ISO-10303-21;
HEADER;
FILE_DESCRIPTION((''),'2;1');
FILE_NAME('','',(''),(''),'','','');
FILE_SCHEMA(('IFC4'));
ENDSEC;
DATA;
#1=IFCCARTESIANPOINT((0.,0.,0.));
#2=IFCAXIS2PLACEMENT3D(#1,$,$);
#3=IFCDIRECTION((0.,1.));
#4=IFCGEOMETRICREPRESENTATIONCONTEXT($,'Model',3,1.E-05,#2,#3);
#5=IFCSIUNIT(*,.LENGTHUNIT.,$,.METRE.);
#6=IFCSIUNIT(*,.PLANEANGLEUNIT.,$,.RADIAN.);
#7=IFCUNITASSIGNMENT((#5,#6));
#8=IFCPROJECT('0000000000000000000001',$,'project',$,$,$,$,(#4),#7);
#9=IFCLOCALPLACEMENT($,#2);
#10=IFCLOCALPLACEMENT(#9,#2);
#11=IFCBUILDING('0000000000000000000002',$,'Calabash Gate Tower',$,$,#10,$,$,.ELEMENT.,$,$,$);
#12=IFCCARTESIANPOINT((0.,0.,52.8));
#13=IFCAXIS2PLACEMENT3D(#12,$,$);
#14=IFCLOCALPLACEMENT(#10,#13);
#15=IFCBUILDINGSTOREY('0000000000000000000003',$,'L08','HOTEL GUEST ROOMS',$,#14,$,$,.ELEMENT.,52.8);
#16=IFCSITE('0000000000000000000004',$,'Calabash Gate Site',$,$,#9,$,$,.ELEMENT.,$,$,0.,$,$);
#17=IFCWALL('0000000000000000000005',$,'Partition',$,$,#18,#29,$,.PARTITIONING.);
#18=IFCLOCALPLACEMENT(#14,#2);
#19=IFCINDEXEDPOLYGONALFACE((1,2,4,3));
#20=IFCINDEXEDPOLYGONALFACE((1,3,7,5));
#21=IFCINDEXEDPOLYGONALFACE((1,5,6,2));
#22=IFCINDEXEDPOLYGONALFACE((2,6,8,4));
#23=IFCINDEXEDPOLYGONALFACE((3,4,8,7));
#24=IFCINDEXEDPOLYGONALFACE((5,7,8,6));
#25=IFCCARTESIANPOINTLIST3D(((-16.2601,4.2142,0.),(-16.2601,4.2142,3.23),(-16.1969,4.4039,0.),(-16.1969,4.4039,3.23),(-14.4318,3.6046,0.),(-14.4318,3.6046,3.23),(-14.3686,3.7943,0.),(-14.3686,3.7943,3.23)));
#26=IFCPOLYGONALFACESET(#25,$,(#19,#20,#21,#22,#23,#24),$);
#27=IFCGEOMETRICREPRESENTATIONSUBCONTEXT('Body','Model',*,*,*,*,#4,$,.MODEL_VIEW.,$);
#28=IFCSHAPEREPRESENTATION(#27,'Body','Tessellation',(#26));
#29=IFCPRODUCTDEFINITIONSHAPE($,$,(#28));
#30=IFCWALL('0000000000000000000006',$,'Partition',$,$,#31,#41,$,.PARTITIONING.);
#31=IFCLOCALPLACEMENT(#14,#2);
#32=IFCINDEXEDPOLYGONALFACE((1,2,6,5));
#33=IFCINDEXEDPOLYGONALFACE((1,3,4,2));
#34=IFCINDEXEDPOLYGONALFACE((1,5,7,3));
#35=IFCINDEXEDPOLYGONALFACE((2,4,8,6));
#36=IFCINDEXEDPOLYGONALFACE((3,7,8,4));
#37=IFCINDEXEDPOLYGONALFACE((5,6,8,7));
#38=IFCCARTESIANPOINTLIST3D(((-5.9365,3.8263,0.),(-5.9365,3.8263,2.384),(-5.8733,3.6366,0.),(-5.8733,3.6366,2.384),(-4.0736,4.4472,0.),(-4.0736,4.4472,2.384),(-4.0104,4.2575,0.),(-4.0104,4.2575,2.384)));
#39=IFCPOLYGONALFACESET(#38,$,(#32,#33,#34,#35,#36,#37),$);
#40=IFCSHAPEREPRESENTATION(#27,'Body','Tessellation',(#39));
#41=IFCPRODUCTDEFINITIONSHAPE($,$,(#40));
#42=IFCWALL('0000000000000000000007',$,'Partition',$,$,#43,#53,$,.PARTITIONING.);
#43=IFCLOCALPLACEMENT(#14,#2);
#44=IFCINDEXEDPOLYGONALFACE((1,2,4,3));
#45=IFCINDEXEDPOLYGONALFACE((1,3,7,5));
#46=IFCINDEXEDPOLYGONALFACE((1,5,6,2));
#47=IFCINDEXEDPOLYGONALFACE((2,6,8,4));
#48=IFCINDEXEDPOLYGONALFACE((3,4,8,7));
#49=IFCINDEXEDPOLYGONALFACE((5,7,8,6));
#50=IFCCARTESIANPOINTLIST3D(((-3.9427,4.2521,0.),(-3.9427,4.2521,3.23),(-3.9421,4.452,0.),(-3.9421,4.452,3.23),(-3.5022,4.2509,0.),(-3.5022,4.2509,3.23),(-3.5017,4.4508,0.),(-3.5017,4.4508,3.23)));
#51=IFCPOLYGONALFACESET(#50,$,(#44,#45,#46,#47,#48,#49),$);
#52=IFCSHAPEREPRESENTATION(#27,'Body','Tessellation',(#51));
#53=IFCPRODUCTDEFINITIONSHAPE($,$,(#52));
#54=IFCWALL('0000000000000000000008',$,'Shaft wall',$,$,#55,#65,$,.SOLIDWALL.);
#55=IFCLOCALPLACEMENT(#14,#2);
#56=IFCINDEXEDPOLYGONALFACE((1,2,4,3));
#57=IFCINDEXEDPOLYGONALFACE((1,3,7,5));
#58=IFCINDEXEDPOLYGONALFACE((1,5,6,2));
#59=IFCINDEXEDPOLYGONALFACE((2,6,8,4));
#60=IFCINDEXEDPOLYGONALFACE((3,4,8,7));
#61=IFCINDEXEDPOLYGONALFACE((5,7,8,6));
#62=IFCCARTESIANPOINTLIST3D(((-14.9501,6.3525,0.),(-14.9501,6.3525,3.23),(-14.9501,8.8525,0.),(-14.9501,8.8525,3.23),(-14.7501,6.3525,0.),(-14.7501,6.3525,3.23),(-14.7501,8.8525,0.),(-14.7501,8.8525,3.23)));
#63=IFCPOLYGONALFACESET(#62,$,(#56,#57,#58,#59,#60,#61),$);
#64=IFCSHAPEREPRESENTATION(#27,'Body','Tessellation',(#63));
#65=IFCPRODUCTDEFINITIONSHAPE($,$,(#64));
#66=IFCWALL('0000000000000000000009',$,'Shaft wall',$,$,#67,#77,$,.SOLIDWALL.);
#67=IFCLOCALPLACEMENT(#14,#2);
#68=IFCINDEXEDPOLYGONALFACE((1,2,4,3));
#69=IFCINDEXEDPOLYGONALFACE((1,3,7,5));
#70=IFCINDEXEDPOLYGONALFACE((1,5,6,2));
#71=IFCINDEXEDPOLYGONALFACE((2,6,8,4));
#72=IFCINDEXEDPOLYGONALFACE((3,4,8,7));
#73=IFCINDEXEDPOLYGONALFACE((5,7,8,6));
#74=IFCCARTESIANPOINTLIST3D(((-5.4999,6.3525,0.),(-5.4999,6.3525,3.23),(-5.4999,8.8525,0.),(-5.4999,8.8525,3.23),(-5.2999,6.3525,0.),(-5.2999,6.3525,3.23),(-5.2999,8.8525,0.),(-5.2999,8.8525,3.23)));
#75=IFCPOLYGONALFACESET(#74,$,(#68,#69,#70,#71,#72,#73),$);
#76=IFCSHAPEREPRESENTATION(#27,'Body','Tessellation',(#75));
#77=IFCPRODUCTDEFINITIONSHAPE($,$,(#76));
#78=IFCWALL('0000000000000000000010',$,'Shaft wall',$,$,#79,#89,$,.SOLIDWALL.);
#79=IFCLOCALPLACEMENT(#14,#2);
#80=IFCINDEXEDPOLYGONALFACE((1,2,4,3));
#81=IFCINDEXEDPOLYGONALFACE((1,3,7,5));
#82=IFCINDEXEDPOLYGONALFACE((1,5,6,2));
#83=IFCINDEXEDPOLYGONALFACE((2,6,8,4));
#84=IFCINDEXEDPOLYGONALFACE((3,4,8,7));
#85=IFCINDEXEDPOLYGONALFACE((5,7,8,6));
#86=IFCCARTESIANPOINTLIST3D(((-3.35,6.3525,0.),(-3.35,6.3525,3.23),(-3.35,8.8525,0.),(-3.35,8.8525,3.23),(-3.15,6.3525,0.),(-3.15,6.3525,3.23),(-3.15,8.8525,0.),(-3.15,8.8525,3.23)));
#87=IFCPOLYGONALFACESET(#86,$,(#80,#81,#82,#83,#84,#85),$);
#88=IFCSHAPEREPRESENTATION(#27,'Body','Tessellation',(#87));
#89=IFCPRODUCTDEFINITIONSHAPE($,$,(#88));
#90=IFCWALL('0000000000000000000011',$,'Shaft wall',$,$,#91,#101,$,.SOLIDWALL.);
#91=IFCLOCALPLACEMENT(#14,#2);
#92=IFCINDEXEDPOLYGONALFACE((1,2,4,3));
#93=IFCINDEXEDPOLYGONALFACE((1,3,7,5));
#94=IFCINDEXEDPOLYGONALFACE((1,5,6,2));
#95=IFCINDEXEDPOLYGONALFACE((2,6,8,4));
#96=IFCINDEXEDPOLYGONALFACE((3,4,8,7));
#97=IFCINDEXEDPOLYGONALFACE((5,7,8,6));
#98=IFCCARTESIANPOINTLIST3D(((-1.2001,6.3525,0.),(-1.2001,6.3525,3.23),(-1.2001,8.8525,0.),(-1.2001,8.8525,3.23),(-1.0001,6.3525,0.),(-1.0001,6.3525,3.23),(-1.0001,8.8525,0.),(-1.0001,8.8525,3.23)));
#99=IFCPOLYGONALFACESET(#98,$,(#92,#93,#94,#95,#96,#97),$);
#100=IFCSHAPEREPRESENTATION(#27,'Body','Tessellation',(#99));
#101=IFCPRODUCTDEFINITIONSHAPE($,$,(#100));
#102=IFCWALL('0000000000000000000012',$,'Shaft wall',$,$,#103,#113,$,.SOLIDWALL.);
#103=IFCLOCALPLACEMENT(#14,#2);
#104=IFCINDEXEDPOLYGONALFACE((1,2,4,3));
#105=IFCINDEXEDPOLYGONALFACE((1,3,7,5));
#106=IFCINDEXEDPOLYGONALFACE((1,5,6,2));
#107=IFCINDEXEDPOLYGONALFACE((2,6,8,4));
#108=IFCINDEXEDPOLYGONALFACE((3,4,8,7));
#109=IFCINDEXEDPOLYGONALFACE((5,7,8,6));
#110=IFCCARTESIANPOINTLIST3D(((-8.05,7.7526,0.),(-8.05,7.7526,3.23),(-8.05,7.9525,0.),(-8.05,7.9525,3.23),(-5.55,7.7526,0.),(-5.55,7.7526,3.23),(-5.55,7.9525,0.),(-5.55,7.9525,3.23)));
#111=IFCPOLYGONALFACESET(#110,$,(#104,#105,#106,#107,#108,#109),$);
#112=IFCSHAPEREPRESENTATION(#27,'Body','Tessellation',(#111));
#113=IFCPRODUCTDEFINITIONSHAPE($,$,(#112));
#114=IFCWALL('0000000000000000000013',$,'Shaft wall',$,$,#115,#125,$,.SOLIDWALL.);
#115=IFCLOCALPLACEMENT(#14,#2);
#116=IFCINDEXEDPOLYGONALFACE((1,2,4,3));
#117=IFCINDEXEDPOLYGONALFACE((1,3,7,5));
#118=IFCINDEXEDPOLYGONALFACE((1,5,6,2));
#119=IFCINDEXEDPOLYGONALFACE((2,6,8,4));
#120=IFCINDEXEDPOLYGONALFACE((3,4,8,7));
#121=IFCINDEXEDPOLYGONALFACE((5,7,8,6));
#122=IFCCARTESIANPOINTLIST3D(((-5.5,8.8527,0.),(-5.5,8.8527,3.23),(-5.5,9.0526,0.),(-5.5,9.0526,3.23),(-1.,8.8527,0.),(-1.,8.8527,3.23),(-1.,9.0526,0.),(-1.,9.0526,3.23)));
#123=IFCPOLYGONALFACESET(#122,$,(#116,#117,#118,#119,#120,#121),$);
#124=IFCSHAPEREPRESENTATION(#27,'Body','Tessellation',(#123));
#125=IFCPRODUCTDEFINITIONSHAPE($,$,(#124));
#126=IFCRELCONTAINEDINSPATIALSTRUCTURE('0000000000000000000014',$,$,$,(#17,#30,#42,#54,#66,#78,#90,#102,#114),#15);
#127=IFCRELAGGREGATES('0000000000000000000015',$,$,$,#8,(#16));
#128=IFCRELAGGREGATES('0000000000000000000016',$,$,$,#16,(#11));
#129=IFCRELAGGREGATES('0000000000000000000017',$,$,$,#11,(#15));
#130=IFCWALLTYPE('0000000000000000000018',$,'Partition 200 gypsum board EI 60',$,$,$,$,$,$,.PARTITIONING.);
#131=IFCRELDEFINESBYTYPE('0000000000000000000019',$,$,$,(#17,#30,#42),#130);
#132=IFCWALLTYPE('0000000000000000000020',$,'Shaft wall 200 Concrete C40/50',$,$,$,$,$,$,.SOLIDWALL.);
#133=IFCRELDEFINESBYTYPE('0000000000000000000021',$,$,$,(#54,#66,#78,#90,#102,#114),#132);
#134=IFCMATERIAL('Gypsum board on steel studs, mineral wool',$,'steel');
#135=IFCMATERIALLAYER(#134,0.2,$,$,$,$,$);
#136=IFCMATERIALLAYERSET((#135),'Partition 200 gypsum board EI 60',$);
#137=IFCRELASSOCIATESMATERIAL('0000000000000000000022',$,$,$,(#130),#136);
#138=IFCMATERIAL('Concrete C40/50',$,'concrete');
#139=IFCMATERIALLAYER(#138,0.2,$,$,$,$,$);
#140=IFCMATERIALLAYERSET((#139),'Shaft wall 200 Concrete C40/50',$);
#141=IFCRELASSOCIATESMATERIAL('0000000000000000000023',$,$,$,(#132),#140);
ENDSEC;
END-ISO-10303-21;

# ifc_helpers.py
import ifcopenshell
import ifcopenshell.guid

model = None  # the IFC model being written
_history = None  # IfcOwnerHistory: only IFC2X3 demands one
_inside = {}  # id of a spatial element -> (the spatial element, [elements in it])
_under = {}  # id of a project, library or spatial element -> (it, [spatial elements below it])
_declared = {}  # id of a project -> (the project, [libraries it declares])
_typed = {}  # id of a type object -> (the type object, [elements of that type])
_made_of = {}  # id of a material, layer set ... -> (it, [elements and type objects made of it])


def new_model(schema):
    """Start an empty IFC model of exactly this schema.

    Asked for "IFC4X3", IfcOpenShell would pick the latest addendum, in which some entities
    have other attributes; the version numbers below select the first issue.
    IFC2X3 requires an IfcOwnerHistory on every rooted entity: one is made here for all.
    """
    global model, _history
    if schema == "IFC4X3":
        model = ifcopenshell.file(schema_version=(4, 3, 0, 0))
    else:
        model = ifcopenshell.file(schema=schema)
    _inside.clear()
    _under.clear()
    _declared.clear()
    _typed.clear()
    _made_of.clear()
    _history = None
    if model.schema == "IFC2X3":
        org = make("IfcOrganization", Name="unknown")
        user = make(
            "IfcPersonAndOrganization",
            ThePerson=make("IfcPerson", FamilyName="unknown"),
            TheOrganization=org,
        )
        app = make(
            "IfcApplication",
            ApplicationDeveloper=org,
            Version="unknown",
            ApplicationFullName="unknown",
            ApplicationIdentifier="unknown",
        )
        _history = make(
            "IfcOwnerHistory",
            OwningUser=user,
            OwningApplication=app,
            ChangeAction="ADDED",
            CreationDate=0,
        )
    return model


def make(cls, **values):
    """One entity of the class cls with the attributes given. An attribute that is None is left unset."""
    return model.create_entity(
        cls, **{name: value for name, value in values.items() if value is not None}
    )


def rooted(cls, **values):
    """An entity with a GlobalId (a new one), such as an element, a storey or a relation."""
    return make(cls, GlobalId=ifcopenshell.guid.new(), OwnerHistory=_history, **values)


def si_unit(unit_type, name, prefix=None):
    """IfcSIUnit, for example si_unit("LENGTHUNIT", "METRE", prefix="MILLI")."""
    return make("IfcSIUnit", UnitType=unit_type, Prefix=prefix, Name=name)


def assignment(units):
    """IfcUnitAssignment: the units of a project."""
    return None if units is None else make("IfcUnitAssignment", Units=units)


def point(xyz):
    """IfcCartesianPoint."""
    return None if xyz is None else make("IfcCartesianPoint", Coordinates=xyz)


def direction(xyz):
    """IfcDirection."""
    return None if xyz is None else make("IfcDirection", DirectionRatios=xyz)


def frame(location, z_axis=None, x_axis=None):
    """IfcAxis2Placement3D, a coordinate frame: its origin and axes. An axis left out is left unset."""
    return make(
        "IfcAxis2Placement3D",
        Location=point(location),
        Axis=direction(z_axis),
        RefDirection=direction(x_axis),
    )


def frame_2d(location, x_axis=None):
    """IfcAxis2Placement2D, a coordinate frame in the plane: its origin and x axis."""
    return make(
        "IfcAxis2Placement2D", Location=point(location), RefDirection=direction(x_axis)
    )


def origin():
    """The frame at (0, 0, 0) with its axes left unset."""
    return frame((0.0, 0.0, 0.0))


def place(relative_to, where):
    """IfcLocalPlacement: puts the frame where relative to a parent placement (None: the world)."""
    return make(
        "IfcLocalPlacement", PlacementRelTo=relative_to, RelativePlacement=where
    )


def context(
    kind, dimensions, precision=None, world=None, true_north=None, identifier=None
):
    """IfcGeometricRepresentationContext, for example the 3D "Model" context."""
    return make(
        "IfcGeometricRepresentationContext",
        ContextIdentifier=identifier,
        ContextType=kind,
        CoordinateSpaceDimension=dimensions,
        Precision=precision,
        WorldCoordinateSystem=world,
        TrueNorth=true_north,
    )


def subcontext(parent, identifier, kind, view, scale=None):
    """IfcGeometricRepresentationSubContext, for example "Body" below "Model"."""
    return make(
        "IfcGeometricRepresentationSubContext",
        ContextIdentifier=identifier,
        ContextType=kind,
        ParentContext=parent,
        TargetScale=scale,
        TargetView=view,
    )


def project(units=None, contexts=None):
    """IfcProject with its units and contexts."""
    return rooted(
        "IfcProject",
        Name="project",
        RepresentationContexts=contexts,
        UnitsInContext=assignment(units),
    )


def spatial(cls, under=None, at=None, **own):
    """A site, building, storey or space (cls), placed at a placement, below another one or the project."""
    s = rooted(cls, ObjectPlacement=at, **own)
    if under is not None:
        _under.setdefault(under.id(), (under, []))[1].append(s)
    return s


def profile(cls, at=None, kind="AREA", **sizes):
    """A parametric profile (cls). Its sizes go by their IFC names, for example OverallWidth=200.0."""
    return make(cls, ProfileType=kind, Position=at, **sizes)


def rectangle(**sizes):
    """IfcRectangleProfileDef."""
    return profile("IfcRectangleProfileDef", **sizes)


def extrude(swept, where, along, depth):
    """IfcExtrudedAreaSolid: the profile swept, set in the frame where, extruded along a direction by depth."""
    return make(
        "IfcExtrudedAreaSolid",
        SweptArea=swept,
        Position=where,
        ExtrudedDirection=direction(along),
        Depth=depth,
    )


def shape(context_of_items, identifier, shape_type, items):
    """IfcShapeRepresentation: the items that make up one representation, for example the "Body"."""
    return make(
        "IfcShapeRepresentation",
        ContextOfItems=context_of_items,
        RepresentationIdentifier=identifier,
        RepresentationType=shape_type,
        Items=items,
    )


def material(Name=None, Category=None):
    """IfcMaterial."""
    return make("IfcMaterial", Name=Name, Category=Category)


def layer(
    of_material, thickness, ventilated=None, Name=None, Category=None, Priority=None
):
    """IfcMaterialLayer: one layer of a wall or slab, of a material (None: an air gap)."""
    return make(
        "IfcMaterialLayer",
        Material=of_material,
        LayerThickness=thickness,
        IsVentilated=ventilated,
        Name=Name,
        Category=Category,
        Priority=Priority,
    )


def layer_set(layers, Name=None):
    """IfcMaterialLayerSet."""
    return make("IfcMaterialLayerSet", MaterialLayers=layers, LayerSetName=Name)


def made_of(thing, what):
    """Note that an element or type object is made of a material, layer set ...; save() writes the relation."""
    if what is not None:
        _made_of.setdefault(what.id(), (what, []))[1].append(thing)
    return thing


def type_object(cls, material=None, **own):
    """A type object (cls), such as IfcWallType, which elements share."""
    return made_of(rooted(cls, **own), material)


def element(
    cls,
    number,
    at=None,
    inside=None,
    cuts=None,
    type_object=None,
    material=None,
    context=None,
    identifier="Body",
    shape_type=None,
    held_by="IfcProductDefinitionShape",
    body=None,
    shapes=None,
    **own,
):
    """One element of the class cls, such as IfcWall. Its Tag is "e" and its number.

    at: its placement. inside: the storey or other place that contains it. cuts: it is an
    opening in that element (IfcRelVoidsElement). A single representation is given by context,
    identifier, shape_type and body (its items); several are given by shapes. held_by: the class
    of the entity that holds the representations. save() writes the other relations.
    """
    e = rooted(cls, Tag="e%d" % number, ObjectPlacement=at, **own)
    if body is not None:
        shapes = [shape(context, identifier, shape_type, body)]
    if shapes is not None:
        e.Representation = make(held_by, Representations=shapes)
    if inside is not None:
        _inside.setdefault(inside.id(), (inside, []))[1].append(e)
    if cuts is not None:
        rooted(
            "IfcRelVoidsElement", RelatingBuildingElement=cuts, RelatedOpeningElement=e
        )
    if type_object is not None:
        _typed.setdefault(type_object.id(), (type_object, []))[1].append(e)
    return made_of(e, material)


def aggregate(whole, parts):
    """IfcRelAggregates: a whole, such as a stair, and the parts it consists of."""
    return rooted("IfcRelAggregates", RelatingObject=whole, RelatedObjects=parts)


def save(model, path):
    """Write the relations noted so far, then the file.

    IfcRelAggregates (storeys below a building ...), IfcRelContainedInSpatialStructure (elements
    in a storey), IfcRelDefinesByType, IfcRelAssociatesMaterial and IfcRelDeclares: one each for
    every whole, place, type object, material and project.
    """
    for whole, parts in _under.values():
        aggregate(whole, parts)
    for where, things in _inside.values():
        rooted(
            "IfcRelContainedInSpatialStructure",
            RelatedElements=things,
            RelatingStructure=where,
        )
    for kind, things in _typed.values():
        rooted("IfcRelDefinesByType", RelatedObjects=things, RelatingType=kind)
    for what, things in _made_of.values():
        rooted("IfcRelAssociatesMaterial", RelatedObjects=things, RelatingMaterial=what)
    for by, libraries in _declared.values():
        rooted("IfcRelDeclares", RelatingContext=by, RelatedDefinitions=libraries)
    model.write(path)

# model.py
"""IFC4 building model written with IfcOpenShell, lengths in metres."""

from ifc_helpers import new_model, si_unit, direction, frame, frame_2d, origin, place, context, subcontext, project, spatial, rectangle, extrude, material, layer, layer_set, type_object, element, save


model = new_model("IFC4")

# Units and contexts
model_context = context("Model", 3, precision=1e-05, world=origin(), true_north=direction((0.0, 1.0)))
body_context = subcontext(model_context, "Body", "Model", "MODEL_VIEW")
ifc_project = project(units=[si_unit("LENGTHUNIT", "METRE"), si_unit("PLANEANGLEUNIT", "RADIAN")], contexts=[model_context])

# Site, building, storey
site_placement = place(None, origin())
site = spatial("IfcSite", under=ifc_project, at=site_placement, Name="Calabash Gate Site", CompositionType="ELEMENT", RefElevation=0.0)
building_placement = place(site_placement, origin())
building = spatial("IfcBuilding", under=site, at=building_placement, Name="Calabash Gate Tower", CompositionType="ELEMENT")
storey_placement = place(building_placement, frame((0.0, 0.0, 52.8)))
storey = spatial("IfcBuildingStorey", under=building, at=storey_placement, Name="L08", Description="HOTEL GUEST ROOMS", CompositionType="ELEMENT", Elevation=52.8)

# Shared definitions
ifc_material_1 = material(Name="Gypsum board on steel studs, mineral wool", Category="steel")
ifc_layer_1 = layer(ifc_material_1, 0.2)
ifc_layer_set_1 = layer_set([ifc_layer_1], Name="Partition 200 gypsum board EI 60")
wall_type_1 = type_object("IfcWallType", Name="Partition 200 gypsum board EI 60", PredefinedType="PARTITIONING", material=ifc_layer_set_1)

# Walls
wall_1_placement = place(storey_placement, frame((-16.2285, 4.3091, 0.0), z_axis=(0.0, 0.0, 1.0), x_axis=(0.948658, -0.316304, 0.0)))
element("IfcWall", 1, at=wall_1_placement, inside=storey, type_object=wall_type_1, Name="Partition", PredefinedType="PARTITIONING", context=body_context, shape_type="SweptSolid", body=[
    extrude(rectangle(XDim=1.9272, YDim=0.2, at=frame_2d((0.9636, 0.0))), origin(), (0.0, 0.0, 1.0), 3.23),
])
wall_2_placement = place(storey_placement, frame((-5.905, 3.7314, 0.0), z_axis=(0.0, 0.0, 1.0), x_axis=(0.948696, 0.31619, 0.0)))
element("IfcWall", 2, at=wall_2_placement, inside=storey, type_object=wall_type_1, Name="Partition", PredefinedType="PARTITIONING", context=body_context, shape_type="SweptSolid", body=[
    extrude(rectangle(XDim=1.9636, YDim=0.2, at=frame_2d((0.9819, 0.0))), origin(), (0.0, 0.0, 1.0), 2.384),
])
wall_3_placement = place(storey_placement, frame((-3.9424, 4.3521, 0.0), z_axis=(0.0, 0.0, 1.0), x_axis=(0.999996, -0.002772, 0.0)))
element("IfcWall", 3, at=wall_3_placement, inside=storey, type_object=wall_type_1, Name="Partition", PredefinedType="PARTITIONING", context=body_context, shape_type="SweptSolid", body=[
    extrude(rectangle(XDim=0.4404, YDim=0.2, at=frame_2d((0.2202, 0.0))), origin(), (0.0, 0.0, 1.0), 3.23),
])
ifc_material_2 = material(Name="Concrete C40/50", Category="concrete")
ifc_layer_2 = layer(ifc_material_2, 0.2)
ifc_layer_set_2 = layer_set([ifc_layer_2], Name="Shaft wall 200 Concrete C40/50")
wall_type_2 = type_object("IfcWallType", Name="Shaft wall 200 Concrete C40/50", PredefinedType="SOLIDWALL", material=ifc_layer_set_2)
for number, where, z_axis, x_axis, name in (
    (4, (-14.8501, 6.3525, 0.0), (0.0, 0.0, 1.0), (0.0, 1.0, 0.0), "Shaft wall"),
    (5, (-5.3999, 6.3525, 0.0), (0.0, 0.0, 1.0), (0.0, 1.0, 0.0), "Shaft wall"),
    (6, (-3.25, 6.3525, 0.0), (0.0, 0.0, 1.0), (0.0, 1.0, 0.0), "Shaft wall"),
    (7, (-1.1001, 6.3525, 0.0), (0.0, 0.0, 1.0), (0.0, 1.0, 0.0), "Shaft wall"),
    (8, (-8.05, 7.8525, 0.0), (0.0, 0.0, 1.0), (1.0, 0.0, 0.0), "Shaft wall"),
):
    element("IfcWall", number, at=place(storey_placement, frame(where, z_axis=z_axis, x_axis=x_axis)), inside=storey, type_object=wall_type_2, Name=name, PredefinedType="SOLIDWALL", context=body_context, shape_type="SweptSolid", body=[
        extrude(rectangle(XDim=2.5, YDim=0.2, at=frame_2d((1.25, 0.0))), origin(), (0.0, 0.0, 1.0), 3.23),
    ])
wall_4_placement = place(storey_placement, frame((-5.5, 8.9526, 0.0), z_axis=(0.0, 0.0, 1.0), x_axis=(1.0, 0.0, 0.0)))
element("IfcWall", 9, at=wall_4_placement, inside=storey, type_object=wall_type_2, Name="Shaft wall", PredefinedType="SOLIDWALL", context=body_context, shape_type="SweptSolid", body=[
    extrude(rectangle(XDim=4.5, YDim=0.2, at=frame_2d((2.25, 0.0))), origin(), (0.0, 0.0, 1.0), 3.23),
])

save(model, "model.ifc")
